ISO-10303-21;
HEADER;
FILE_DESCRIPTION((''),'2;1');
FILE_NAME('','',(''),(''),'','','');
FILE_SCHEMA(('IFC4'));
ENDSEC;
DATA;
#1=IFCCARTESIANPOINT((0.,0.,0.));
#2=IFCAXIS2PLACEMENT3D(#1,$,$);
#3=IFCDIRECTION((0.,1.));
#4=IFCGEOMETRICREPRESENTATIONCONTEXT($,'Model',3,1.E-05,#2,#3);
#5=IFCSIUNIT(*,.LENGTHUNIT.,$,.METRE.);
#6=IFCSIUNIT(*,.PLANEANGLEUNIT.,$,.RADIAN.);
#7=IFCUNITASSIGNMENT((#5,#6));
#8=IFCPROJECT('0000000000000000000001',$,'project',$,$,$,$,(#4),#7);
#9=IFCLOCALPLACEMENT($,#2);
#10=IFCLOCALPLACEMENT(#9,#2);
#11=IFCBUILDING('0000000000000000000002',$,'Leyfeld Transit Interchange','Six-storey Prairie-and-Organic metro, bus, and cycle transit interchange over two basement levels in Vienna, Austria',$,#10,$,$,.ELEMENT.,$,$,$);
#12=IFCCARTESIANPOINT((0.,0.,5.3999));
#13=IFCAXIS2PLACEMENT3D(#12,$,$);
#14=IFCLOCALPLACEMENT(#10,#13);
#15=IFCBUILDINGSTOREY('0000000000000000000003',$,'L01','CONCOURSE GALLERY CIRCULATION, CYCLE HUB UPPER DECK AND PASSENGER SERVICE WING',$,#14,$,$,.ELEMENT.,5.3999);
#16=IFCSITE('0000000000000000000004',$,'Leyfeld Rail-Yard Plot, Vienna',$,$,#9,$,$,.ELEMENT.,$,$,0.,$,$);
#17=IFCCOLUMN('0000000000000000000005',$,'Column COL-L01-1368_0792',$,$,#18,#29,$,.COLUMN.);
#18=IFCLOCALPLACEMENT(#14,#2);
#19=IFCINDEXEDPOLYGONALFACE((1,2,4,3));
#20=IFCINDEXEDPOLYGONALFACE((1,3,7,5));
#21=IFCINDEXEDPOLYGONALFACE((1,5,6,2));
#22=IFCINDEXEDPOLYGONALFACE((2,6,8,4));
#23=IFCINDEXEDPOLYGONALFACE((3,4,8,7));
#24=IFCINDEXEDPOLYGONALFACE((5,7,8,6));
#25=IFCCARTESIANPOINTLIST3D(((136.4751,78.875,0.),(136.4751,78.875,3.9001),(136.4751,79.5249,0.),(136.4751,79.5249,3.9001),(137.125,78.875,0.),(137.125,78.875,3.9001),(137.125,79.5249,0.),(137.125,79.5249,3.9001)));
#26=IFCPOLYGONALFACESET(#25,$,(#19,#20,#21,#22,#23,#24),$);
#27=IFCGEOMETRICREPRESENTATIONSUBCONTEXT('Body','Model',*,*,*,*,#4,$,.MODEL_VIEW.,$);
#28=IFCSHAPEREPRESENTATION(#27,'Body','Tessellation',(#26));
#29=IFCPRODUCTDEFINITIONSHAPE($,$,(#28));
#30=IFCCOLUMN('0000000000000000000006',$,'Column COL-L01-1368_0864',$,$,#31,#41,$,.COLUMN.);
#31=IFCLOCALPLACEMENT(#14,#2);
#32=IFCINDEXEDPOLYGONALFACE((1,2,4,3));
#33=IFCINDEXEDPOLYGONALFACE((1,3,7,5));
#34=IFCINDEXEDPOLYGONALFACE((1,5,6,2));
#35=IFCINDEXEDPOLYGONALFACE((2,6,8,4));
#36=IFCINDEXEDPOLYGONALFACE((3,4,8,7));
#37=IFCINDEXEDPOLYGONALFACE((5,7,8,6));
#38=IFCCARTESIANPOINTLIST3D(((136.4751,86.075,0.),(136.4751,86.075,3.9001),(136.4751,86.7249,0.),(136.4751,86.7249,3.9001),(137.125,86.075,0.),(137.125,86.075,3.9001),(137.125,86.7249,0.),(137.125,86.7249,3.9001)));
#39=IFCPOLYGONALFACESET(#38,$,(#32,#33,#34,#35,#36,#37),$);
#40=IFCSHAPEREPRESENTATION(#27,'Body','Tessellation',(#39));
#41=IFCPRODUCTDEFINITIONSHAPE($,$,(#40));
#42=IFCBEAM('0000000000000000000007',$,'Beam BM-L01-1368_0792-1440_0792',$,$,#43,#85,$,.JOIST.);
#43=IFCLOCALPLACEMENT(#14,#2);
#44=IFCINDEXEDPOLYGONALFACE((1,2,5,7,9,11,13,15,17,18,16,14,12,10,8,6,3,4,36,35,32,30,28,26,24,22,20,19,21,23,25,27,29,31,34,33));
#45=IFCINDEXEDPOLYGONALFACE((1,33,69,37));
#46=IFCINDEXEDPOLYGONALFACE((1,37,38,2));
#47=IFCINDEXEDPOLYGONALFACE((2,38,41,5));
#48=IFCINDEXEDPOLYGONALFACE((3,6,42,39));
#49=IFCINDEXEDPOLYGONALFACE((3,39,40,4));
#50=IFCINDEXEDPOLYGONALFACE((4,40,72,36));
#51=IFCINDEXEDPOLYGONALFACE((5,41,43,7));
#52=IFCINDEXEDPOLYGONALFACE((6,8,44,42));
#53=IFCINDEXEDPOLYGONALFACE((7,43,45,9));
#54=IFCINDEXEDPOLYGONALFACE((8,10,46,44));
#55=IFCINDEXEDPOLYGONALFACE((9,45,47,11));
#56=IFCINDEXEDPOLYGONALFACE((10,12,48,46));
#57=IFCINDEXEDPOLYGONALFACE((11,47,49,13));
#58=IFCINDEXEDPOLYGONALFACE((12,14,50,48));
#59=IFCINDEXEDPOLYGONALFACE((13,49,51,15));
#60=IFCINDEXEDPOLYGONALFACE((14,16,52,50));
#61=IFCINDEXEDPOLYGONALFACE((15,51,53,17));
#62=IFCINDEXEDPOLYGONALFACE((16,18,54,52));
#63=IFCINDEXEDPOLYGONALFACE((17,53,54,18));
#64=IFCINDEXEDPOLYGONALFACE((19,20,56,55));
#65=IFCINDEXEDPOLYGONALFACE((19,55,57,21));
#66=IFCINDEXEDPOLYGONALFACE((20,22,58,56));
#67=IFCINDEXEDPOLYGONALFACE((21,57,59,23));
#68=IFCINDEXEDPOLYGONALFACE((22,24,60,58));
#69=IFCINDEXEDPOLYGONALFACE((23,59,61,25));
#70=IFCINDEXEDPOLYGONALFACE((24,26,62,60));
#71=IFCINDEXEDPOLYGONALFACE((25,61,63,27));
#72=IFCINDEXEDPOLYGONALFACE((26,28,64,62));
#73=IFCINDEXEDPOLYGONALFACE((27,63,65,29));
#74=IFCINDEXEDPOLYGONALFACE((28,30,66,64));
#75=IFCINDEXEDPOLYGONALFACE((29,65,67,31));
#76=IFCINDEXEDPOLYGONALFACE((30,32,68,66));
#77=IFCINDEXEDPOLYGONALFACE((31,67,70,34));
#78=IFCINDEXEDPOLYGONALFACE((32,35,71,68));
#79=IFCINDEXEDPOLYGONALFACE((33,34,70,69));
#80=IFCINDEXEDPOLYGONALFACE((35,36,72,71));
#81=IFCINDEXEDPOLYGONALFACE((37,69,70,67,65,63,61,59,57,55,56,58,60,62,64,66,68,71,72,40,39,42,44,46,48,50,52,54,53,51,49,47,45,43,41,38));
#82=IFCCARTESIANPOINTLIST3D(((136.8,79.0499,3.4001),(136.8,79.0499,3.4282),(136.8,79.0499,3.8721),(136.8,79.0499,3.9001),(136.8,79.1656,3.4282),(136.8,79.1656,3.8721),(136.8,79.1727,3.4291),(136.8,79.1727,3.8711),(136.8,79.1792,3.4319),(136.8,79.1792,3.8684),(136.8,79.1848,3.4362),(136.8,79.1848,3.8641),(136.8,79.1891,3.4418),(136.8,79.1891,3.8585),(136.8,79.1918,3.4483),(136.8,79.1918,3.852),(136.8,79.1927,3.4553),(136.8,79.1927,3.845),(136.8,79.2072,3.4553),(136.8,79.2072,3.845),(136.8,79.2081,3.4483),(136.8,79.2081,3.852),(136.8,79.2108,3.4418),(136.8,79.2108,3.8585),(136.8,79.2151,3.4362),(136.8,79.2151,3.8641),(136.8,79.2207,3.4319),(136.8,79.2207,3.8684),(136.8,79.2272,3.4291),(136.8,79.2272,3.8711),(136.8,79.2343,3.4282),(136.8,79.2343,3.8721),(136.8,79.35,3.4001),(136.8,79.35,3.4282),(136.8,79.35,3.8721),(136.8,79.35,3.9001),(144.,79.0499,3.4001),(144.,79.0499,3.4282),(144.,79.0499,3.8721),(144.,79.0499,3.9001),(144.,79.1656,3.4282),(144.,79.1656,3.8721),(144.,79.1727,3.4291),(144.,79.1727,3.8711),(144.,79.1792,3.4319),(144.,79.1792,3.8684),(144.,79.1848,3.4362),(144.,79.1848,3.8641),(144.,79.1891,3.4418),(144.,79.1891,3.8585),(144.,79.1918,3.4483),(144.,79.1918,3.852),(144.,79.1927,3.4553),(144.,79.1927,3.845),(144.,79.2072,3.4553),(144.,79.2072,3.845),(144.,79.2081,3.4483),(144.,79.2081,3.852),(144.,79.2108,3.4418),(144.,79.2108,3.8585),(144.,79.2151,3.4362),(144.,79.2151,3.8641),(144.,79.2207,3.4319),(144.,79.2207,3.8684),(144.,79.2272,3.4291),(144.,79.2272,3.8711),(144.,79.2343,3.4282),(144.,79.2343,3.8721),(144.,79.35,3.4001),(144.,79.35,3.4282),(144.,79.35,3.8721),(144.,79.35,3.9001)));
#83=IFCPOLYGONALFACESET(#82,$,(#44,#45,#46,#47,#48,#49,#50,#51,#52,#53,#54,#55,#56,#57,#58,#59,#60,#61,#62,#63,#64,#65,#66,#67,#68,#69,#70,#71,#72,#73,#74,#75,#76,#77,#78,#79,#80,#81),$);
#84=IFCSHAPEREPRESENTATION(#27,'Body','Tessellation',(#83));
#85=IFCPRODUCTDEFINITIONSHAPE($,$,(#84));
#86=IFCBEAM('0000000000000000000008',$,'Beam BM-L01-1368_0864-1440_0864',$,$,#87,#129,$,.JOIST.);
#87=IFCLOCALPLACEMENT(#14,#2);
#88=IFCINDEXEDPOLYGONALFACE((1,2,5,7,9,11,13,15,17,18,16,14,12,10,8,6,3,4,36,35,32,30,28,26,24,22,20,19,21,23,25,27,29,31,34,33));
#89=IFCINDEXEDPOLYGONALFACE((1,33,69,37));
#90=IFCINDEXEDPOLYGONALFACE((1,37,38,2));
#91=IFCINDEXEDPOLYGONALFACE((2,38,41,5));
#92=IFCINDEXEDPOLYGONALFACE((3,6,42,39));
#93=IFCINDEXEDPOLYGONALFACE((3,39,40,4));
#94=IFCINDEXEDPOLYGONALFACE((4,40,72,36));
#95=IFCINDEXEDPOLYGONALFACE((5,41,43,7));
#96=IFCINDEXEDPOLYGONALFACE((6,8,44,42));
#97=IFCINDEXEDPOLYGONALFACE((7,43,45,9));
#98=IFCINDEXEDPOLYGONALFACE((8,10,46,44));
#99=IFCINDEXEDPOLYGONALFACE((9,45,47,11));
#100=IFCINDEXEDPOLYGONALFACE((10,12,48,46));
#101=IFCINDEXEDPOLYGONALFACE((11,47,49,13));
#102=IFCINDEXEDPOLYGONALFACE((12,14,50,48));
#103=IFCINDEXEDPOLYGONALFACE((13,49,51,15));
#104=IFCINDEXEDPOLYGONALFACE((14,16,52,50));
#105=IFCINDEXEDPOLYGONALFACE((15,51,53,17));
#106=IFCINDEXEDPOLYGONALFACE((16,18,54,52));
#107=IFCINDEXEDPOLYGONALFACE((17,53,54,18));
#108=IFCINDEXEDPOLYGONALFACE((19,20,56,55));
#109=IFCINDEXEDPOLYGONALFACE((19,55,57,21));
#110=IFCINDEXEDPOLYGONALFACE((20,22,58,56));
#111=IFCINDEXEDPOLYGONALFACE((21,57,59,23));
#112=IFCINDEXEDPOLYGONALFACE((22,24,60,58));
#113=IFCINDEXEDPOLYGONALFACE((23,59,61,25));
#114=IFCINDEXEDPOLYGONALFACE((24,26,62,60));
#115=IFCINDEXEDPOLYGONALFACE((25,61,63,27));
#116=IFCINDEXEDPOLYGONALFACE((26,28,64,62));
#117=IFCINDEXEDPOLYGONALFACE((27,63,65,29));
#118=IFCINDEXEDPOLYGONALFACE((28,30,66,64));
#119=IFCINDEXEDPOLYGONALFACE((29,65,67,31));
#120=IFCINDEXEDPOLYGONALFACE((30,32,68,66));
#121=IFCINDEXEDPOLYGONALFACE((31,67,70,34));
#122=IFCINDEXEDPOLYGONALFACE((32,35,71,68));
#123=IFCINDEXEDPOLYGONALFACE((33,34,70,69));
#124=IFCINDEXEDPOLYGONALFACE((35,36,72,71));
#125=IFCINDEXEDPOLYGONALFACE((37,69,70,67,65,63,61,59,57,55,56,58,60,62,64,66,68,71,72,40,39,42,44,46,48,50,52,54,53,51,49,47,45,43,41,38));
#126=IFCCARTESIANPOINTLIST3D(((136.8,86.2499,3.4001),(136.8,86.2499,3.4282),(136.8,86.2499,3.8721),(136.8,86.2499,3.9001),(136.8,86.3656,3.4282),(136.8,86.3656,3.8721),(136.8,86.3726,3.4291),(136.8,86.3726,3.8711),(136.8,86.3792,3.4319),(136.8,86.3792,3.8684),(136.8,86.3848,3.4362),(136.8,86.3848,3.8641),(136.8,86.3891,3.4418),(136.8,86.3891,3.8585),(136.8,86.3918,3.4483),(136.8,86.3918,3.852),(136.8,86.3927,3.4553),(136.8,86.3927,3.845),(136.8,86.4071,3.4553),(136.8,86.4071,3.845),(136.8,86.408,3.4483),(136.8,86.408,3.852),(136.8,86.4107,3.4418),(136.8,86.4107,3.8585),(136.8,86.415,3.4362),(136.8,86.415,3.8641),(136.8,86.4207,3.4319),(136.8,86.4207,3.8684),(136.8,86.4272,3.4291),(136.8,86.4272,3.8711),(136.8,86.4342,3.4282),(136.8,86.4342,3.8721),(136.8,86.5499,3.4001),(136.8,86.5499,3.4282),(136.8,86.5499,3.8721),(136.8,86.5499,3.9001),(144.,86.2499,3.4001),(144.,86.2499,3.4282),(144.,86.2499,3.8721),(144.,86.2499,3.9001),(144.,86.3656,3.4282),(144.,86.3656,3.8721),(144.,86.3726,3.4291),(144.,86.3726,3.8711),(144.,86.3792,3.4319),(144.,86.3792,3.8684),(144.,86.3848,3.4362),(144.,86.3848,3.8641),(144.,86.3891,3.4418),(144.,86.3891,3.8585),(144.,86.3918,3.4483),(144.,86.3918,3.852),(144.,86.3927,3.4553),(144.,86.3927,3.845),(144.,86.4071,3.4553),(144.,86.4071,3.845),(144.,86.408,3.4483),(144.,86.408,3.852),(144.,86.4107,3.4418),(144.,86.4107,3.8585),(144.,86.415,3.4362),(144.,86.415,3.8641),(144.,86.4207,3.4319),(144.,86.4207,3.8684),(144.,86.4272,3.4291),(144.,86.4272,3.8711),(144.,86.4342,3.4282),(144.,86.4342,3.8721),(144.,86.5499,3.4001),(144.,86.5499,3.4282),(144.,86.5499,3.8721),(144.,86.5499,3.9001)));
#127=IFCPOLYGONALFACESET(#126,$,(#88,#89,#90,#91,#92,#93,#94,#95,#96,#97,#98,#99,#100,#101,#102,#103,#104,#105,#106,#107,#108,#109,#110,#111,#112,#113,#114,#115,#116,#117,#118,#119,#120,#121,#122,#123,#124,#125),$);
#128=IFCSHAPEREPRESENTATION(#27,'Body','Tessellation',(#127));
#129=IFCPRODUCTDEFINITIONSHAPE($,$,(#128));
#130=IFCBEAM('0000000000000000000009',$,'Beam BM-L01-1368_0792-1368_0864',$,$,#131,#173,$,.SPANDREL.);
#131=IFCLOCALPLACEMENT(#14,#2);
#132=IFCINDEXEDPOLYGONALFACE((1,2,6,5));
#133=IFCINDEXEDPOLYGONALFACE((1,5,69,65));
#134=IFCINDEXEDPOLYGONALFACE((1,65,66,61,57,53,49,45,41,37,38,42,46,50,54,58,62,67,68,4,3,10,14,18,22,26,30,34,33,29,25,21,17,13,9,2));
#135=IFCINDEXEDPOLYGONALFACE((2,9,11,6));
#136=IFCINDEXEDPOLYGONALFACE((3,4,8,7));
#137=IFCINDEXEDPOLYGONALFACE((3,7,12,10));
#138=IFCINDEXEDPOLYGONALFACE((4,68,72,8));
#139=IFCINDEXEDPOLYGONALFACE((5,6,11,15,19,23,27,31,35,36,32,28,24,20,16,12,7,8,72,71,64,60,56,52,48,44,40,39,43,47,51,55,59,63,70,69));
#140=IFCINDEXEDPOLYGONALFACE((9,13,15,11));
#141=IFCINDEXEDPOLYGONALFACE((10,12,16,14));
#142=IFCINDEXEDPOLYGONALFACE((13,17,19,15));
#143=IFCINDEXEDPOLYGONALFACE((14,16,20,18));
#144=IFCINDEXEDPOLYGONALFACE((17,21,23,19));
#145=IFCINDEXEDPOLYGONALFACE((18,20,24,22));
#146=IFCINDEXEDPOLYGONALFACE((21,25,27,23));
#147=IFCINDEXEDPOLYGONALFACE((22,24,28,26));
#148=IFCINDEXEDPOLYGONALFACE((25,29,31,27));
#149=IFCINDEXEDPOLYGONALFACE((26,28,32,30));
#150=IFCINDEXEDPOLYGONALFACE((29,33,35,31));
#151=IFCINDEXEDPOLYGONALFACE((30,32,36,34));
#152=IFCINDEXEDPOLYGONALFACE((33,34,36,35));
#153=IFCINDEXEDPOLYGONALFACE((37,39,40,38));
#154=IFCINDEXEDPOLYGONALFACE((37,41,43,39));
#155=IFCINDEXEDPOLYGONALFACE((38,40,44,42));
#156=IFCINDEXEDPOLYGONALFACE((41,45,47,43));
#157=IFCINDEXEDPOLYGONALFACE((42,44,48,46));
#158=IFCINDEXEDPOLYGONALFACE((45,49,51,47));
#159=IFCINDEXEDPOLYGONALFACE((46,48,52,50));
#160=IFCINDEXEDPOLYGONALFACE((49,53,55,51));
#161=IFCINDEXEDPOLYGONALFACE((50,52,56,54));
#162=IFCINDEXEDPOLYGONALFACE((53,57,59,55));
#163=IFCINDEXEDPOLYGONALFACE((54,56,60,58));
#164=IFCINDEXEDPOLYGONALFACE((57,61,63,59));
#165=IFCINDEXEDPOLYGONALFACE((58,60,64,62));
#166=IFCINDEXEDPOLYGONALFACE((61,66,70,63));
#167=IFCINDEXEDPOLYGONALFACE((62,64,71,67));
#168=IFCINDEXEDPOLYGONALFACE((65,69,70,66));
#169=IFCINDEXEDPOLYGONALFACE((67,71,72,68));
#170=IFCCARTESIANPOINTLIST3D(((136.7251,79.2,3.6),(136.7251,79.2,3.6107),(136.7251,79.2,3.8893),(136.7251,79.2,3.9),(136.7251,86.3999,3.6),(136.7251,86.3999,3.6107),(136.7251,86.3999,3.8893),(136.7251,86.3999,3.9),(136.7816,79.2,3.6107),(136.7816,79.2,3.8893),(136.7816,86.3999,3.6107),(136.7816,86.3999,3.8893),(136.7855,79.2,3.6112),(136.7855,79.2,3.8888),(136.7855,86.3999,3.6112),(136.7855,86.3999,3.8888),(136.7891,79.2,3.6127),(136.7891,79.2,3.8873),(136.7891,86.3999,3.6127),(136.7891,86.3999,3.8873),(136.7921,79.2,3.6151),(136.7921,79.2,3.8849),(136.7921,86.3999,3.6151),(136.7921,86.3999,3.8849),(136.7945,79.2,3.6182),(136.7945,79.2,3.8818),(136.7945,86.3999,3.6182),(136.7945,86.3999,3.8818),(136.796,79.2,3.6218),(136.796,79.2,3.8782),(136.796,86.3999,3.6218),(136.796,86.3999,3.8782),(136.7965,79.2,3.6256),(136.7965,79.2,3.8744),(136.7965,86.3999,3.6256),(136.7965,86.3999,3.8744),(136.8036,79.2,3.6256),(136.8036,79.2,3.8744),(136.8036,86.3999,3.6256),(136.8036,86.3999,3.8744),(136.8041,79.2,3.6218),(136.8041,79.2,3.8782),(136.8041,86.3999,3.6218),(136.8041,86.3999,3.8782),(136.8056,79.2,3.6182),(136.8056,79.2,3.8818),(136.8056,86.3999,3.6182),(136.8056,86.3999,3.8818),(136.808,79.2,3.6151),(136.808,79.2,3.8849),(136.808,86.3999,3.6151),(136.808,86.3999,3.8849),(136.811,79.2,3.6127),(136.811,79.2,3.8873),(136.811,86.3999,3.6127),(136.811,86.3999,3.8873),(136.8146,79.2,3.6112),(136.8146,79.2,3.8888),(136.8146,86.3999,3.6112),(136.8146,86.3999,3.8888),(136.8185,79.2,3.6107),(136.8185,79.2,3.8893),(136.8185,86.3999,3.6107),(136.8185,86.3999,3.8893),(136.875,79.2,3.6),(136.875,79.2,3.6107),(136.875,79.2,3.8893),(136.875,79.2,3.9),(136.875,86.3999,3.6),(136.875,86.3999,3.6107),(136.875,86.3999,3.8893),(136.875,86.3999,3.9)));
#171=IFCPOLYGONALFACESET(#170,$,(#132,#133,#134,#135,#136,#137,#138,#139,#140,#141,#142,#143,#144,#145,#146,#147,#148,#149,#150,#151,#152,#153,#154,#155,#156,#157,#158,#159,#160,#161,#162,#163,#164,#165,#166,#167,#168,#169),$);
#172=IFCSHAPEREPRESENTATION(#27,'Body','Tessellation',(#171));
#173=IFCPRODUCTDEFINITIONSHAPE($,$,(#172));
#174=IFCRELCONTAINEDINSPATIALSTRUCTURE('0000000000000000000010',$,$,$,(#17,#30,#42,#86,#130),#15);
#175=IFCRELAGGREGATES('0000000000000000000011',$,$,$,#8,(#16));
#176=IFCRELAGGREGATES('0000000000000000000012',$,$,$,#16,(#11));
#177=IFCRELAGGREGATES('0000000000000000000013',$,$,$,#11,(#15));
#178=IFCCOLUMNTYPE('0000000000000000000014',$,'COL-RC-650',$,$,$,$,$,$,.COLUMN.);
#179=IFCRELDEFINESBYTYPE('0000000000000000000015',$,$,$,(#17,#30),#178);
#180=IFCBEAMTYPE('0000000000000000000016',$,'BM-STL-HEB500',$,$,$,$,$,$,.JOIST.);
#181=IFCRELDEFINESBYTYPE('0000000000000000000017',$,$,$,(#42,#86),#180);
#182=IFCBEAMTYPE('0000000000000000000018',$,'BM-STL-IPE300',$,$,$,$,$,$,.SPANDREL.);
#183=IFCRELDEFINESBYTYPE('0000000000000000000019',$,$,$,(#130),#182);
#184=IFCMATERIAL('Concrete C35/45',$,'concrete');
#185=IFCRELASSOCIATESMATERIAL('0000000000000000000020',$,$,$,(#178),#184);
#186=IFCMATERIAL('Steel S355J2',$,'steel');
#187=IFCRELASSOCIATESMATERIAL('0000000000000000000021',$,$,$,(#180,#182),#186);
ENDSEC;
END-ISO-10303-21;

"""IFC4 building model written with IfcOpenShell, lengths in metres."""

from ifc_helpers import new_model, si_unit, direction, frame, origin, origin_2d, place, context, subcontext, project, spatial, rectangle, i_section, extrude, material, material_profile, profile_set, type_object, element, save


model = new_model("IFC4")

# Units and contexts
model_context = context("Model", 3, precision=1e-05, world=origin(), true_north=direction((0.0, 1.0)))
body_context = subcontext(model_context, "Body", "Model", "MODEL_VIEW")
ifc_project = project(units=[si_unit("LENGTHUNIT", "METRE"), si_unit("PLANEANGLEUNIT", "RADIAN")], contexts=[model_context])

# Site, building, storey
site_placement = place(None, origin())
site = spatial("IfcSite", under=ifc_project, at=site_placement, Name="Leyfeld Rail-Yard Plot, Vienna", CompositionType="ELEMENT", RefElevation=0.0)
building_placement = place(site_placement, origin())
building = spatial("IfcBuilding", under=site, at=building_placement, Name="Leyfeld Transit Interchange", Description="Six-storey Prairie-and-Organic metro, bus, and cycle transit interchange over two basement levels in Vienna, Austria", CompositionType="ELEMENT")
storey_placement = place(building_placement, frame((0.0, 0.0, 5.3999)))
storey = spatial("IfcBuildingStorey", under=building, at=storey_placement, Name="L01", Description="CONCOURSE GALLERY CIRCULATION, CYCLE HUB UPPER DECK AND PASSENGER SERVICE WING", CompositionType="ELEMENT", Elevation=5.3999)

# Columns
ifc_material_1 = material(Name="Concrete C35/45", Category="concrete")
ifc_material_profile_1 = material_profile(ifc_material_1, rectangle(XDim=0.6499, YDim=0.6499, at=origin_2d()), Name="RC 650x650")
ifc_profile_set_1 = profile_set([ifc_material_profile_1], Name="Concrete C35/45")
column_type = type_object("IfcColumnType", Name="COL-RC-650", PredefinedType="COLUMN", material=ifc_profile_set_1)
for number, where, z_axis, x_axis, name in (
    (1, (136.8, 79.2, 0.0), (0.0, 0.0, 1.0), (1.0, 0.0, 0.0), "Column COL-L01-1368_0792"),
    (2, (136.8, 86.3999, 0.0), (0.0, 0.0, 1.0), (1.0, 0.0, 0.0), "Column COL-L01-1368_0864"),
):
    element("IfcColumn", number, at=place(storey_placement, frame(where, z_axis=z_axis, x_axis=x_axis)), inside=storey, type_object=column_type, Name=name, PredefinedType="COLUMN", context=body_context, shape_type="SweptSolid", body=[
        extrude(rectangle(XDim=0.6499, YDim=0.6499, at=origin_2d()), origin(), (0.0, 0.0, 1.0), 3.9001),
    ])

# Beams
ifc_material_2 = material(Name="Steel S355J2", Category="steel")
ifc_material_profile_2 = material_profile(ifc_material_2, i_section(OverallWidth=0.3, OverallDepth=0.5, WebThickness=0.0144, FlangeThickness=0.0281, FilletRadius=0.0271, at=origin_2d()), Name="HEB 500")
ifc_profile_set_2 = profile_set([ifc_material_profile_2], Name="Steel S355J2")
beam_type_1 = type_object("IfcBeamType", Name="BM-STL-HEB500", PredefinedType="JOIST", material=ifc_profile_set_2)
for number, where, z_axis, x_axis, name in (
    (3, (136.8, 79.2, 3.6501), (1.0, 0.0, 0.0), (0.0, 1.0, 0.0), "Beam BM-L01-1368_0792-1440_0792"),
    (4, (136.8, 86.3999, 3.6501), (1.0, 0.0, 0.0), (0.0, 1.0, 0.0), "Beam BM-L01-1368_0864-1440_0864"),
):
    element("IfcBeam", number, at=place(storey_placement, frame(where, z_axis=z_axis, x_axis=x_axis)), inside=storey, type_object=beam_type_1, Name=name, PredefinedType="JOIST", context=body_context, shape_type="SweptSolid", body=[
        extrude(i_section(OverallWidth=0.3, OverallDepth=0.5, WebThickness=0.0144, FlangeThickness=0.0281, FilletRadius=0.0271, at=origin_2d()), origin(), (0.0, 0.0, 1.0), 7.2),
    ])
ifc_material_profile_3 = material_profile(ifc_material_2, i_section(OverallWidth=0.1499, OverallDepth=0.3, WebThickness=0.0071, FlangeThickness=0.0107, FilletRadius=0.0149, at=origin_2d()), Name="IPE 300")
ifc_profile_set_3 = profile_set([ifc_material_profile_3], Name="Steel S355J2")
beam_type_2 = type_object("IfcBeamType", Name="BM-STL-IPE300", PredefinedType="SPANDREL", material=ifc_profile_set_3)
beam_1_placement = place(storey_placement, frame((136.8, 79.2, 3.75), z_axis=(0.0, 1.0, 0.0), x_axis=(-1.0, 0.0, 0.0)))
element("IfcBeam", 5, at=beam_1_placement, inside=storey, type_object=beam_type_2, Name="Beam BM-L01-1368_0792-1368_0864", PredefinedType="SPANDREL", context=body_context, shape_type="SweptSolid", body=[
    extrude(i_section(OverallWidth=0.1499, OverallDepth=0.3, WebThickness=0.0071, FlangeThickness=0.0107, FilletRadius=0.0149, at=origin_2d()), origin(), (0.0, 0.0, 1.0), 7.2),
])

save(model, "model.ifc")
